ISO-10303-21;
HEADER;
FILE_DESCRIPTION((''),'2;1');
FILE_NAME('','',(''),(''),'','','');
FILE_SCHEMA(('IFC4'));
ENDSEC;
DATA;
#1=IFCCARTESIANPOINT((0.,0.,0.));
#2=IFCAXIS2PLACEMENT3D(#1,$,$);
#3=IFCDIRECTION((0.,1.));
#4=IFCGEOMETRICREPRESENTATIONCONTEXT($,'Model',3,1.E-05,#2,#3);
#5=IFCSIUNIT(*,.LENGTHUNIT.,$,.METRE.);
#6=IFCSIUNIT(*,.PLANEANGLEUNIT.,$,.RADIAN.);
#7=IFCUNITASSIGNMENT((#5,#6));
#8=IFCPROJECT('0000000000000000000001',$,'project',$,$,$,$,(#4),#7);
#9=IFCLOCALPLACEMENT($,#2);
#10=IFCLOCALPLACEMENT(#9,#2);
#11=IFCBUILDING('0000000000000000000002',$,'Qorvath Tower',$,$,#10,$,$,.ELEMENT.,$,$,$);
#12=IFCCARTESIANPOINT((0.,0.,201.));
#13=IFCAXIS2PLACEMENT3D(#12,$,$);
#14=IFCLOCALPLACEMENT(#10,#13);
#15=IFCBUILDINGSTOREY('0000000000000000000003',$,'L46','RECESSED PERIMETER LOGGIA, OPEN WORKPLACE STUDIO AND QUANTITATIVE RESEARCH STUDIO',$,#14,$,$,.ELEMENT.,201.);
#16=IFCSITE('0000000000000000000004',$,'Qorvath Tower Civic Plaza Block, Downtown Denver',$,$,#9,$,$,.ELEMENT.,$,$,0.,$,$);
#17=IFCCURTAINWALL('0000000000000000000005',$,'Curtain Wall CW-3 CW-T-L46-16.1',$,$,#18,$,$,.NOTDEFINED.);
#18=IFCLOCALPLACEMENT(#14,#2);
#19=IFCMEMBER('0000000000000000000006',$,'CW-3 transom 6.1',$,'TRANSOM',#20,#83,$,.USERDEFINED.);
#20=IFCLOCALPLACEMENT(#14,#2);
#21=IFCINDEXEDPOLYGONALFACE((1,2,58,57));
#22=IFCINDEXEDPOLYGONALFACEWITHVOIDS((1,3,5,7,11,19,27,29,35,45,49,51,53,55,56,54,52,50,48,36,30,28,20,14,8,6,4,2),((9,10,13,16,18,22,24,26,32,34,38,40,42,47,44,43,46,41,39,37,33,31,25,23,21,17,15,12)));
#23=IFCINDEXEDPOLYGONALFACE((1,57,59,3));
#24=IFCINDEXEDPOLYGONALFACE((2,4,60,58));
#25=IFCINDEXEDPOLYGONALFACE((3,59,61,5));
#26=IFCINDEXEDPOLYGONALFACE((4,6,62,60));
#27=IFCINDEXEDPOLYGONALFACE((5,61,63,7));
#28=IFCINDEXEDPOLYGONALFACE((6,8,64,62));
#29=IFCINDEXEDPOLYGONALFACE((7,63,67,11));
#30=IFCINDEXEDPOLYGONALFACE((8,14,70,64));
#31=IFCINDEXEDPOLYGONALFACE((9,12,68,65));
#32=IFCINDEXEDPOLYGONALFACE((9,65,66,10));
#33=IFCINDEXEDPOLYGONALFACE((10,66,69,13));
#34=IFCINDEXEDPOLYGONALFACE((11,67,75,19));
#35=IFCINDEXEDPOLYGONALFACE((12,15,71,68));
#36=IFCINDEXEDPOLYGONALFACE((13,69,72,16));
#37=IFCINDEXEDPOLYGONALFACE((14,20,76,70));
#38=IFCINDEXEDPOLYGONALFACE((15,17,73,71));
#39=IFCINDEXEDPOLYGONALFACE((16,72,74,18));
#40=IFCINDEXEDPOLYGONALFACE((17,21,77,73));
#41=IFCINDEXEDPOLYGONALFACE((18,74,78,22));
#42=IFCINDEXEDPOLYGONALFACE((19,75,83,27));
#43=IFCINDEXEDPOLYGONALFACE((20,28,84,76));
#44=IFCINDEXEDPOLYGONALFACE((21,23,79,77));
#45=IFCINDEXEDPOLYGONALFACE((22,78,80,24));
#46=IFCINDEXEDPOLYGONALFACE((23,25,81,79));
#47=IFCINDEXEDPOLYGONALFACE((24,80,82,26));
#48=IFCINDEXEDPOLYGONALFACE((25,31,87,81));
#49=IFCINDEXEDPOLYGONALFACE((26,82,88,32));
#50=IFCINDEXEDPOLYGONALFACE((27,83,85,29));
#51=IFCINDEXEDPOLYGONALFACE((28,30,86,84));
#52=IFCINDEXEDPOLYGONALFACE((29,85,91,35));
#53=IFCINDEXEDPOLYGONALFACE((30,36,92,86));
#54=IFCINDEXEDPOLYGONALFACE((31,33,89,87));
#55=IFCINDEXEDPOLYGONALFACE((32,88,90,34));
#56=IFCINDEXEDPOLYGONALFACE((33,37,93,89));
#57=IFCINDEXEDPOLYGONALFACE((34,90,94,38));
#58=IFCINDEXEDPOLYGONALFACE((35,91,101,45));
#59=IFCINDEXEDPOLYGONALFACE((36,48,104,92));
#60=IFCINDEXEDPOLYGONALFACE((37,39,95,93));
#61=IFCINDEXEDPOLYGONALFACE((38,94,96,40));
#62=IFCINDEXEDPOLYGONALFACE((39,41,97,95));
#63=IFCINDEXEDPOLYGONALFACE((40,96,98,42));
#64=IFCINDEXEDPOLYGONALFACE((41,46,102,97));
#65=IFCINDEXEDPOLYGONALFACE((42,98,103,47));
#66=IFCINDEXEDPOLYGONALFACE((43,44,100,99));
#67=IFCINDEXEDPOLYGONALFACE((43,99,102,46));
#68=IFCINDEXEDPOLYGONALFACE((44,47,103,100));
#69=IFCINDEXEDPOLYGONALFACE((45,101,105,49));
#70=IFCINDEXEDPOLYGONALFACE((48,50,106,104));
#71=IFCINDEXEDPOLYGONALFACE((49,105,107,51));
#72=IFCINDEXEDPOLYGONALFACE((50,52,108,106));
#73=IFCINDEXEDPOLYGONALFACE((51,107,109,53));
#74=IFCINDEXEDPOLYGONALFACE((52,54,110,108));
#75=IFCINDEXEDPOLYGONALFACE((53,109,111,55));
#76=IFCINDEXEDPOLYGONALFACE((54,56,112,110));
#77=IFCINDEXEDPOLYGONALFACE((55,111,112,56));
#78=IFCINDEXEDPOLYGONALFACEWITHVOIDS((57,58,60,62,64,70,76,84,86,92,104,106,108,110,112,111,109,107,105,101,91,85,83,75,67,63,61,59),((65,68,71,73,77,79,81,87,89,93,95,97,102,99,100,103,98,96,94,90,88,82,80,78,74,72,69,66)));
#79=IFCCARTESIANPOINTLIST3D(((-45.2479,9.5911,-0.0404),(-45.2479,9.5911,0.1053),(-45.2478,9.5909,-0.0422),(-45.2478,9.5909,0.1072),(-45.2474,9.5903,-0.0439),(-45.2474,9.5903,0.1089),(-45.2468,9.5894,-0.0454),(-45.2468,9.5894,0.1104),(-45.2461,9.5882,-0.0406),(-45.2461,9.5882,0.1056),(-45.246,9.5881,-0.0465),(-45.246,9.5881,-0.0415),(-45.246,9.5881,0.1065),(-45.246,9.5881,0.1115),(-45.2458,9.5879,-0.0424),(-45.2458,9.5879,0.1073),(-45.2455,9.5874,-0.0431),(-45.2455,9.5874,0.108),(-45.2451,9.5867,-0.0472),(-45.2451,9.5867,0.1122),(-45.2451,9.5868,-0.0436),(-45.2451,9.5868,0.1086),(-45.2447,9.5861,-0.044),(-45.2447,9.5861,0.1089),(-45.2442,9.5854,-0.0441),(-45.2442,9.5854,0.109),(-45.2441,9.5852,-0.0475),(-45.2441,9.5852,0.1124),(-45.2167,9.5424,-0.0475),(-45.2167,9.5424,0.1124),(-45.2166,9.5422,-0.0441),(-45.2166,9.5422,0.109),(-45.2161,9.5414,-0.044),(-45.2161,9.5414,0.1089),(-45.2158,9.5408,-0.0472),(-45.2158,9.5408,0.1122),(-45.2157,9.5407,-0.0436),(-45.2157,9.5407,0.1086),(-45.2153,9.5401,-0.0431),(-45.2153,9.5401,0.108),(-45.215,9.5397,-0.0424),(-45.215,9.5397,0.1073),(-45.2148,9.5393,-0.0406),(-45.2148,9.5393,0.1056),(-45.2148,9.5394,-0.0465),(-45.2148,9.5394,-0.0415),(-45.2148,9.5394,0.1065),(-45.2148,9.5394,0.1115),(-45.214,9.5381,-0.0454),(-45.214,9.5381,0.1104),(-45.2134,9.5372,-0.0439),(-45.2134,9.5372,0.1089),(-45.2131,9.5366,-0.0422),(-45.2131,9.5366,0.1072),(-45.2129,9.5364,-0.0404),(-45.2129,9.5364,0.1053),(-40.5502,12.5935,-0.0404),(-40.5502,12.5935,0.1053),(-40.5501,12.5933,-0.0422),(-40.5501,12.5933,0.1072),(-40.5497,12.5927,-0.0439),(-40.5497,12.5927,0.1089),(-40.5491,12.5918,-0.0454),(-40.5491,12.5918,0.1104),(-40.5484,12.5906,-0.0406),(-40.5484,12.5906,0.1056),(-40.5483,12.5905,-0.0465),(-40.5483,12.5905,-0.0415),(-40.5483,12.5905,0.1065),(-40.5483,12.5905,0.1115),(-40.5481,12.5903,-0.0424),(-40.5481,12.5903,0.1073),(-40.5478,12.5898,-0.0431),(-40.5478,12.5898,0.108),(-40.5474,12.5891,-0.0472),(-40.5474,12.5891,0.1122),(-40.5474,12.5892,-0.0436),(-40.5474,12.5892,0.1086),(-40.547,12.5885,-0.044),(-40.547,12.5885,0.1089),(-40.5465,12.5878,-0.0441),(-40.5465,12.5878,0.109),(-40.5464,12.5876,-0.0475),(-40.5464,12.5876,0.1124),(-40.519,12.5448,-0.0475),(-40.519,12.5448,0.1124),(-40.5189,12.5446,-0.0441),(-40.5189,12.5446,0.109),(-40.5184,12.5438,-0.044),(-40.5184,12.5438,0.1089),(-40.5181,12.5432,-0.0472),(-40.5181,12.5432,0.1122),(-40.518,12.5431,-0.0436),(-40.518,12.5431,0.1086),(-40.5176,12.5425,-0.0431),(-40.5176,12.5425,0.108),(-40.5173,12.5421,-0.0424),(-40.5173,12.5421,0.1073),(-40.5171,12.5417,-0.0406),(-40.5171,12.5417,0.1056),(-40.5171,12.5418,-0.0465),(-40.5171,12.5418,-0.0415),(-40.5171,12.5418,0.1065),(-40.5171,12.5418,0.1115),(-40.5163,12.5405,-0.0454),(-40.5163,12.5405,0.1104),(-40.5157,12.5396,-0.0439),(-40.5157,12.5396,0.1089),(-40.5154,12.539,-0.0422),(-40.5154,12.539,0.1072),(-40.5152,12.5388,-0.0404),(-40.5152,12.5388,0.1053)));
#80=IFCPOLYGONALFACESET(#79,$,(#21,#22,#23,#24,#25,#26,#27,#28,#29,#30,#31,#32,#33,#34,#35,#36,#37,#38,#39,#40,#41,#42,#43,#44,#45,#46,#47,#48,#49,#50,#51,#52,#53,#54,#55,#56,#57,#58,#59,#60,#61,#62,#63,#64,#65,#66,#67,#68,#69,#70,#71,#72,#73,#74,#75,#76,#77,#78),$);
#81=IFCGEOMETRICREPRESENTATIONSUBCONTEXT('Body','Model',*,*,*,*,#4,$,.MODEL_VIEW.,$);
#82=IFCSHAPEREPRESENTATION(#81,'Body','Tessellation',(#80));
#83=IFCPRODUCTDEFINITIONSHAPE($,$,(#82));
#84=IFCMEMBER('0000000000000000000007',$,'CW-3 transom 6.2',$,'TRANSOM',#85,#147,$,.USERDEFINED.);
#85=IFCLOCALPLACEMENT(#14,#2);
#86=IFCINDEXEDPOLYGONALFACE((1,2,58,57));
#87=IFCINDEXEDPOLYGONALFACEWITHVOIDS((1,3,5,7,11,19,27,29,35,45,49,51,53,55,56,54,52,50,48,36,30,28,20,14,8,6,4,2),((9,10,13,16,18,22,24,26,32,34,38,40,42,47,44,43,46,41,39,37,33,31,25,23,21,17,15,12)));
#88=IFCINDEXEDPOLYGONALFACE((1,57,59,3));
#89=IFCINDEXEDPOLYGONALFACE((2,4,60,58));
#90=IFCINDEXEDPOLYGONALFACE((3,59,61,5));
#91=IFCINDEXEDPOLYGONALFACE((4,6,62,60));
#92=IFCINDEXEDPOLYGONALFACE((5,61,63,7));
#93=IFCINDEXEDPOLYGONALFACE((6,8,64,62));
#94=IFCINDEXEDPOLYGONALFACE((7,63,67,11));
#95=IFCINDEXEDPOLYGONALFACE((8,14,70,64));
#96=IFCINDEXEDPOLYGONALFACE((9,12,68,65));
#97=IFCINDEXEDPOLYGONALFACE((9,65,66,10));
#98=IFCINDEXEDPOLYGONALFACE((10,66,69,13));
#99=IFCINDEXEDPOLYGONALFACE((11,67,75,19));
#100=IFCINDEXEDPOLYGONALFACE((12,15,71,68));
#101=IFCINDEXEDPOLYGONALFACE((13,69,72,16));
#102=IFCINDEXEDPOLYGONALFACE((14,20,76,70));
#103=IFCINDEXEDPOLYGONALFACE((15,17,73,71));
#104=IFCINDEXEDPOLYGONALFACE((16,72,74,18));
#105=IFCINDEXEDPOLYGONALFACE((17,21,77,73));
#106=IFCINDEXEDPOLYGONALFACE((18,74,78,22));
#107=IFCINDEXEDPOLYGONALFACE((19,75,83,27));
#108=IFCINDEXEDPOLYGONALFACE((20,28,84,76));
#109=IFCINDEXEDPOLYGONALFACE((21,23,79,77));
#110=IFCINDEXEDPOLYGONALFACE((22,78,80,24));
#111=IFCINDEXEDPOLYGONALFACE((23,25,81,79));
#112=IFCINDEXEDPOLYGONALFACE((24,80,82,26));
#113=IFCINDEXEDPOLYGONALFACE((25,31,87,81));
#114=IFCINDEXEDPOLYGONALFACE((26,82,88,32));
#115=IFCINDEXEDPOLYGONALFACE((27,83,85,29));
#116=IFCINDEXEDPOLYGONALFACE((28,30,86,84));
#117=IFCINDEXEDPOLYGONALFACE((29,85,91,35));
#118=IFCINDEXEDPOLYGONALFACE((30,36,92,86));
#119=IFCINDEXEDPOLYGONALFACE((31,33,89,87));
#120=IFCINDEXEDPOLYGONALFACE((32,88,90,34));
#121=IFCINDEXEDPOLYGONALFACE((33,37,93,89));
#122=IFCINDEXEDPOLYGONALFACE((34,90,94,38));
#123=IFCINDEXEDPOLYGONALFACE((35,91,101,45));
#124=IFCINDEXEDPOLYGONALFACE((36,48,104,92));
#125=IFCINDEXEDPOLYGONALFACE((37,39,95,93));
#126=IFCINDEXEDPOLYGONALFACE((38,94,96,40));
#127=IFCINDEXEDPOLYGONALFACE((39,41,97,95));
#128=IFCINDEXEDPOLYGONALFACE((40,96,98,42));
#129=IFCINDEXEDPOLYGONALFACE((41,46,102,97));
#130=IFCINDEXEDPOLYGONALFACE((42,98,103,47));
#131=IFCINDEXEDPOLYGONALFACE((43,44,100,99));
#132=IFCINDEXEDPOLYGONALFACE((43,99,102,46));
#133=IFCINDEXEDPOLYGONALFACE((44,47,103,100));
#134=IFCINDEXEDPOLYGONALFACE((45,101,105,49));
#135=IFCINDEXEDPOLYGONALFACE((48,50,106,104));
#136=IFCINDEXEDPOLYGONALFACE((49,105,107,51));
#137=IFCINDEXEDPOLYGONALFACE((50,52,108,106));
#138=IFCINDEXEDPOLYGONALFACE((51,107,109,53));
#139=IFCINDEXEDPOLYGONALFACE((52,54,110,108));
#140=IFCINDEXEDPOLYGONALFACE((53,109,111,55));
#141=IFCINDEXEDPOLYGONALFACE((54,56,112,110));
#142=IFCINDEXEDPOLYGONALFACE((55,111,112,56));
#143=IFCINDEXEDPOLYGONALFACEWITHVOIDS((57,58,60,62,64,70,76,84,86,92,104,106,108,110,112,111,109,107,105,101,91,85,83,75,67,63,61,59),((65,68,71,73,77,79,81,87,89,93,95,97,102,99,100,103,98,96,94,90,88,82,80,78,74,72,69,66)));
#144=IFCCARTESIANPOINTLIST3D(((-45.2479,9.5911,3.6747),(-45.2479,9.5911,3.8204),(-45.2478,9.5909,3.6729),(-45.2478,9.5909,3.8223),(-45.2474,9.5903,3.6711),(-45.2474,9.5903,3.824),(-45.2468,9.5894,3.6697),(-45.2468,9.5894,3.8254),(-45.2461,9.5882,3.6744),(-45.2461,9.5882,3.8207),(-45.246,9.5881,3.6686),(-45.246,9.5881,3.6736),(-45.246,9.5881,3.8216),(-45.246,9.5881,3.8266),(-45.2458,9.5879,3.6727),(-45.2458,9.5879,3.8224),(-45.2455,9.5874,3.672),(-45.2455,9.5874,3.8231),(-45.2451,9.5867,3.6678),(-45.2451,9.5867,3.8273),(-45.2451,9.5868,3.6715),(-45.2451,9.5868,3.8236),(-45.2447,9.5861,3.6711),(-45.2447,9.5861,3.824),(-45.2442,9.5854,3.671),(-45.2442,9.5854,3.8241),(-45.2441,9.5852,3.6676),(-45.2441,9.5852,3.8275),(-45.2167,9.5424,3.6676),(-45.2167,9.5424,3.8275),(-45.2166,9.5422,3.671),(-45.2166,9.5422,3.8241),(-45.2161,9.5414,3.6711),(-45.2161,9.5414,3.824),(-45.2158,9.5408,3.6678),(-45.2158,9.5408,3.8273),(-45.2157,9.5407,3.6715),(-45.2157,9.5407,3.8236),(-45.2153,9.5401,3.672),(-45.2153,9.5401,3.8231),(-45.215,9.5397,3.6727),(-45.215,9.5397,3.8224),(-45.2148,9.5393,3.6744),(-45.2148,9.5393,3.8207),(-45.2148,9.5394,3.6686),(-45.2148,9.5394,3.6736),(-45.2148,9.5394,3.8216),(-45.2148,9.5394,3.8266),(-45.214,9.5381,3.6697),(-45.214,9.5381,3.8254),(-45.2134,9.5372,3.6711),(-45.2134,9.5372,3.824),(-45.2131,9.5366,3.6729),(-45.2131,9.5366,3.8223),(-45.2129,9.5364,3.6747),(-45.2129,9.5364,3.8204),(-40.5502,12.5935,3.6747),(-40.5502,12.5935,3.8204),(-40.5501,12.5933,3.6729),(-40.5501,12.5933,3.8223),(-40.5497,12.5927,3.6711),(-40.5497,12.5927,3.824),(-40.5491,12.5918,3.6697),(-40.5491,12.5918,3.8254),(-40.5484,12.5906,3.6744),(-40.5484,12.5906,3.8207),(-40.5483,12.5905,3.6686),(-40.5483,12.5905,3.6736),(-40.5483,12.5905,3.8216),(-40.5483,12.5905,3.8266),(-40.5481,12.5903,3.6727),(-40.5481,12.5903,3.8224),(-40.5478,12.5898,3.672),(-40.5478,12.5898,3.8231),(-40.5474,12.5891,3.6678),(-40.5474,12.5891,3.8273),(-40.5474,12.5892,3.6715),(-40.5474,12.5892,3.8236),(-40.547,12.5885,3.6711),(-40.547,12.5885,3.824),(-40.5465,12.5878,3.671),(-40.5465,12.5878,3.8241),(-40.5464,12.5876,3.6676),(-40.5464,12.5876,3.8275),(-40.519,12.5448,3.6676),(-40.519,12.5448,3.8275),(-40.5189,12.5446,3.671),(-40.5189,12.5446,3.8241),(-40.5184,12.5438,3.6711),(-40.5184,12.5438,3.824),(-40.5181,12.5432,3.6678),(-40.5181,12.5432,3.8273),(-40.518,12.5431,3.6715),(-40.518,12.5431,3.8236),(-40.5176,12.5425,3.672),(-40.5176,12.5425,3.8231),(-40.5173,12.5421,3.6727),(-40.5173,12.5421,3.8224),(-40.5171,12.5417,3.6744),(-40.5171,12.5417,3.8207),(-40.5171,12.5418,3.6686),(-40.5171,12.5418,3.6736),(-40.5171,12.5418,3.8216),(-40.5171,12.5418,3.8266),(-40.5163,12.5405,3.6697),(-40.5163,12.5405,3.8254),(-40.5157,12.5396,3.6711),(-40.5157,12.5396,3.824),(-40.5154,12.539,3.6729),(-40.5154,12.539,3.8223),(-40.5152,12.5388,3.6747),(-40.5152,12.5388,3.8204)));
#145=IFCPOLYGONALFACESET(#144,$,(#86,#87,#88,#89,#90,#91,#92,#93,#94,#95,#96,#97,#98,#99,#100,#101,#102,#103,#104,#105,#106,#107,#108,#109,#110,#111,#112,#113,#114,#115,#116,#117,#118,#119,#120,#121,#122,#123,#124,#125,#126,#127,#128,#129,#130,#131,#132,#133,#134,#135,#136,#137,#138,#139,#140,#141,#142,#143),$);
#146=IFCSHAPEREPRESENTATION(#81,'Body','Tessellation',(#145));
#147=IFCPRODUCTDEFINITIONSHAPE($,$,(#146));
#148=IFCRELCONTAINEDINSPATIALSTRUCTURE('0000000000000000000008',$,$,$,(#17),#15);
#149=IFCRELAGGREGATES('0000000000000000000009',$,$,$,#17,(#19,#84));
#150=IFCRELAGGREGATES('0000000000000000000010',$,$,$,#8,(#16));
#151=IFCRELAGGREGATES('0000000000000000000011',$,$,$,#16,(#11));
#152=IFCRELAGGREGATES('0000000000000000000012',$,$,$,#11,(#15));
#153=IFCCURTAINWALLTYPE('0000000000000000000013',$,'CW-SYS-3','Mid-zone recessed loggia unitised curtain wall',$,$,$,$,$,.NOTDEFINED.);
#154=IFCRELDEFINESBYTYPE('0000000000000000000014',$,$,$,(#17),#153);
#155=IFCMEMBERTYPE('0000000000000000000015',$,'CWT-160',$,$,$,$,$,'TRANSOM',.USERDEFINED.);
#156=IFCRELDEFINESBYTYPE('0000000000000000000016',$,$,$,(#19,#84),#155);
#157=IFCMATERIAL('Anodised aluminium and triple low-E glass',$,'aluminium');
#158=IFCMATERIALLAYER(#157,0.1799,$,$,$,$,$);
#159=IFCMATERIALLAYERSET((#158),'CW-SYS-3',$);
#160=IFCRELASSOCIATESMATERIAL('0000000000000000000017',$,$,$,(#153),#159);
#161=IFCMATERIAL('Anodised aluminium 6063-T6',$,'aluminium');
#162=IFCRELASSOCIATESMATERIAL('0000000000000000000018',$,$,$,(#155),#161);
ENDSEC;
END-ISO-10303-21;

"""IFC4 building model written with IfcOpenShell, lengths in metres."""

from ifc_helpers import new_model, si_unit, direction, frame, origin, origin_2d, place, context, subcontext, project, spatial, hollow_rectangle, extrude, material, layer, layer_set, material_profile, profile_set, type_object, element, aggregate, save


model = new_model("IFC4")

# Units and contexts
model_context = context("Model", 3, precision=1e-05, world=origin(), true_north=direction((0.0, 1.0)))
body_context = subcontext(model_context, "Body", "Model", "MODEL_VIEW")
ifc_project = project(units=[si_unit("LENGTHUNIT", "METRE"), si_unit("PLANEANGLEUNIT", "RADIAN")], contexts=[model_context])

# Site, building, storey
site_placement = place(None, origin())
site = spatial("IfcSite", under=ifc_project, at=site_placement, Name="Qorvath Tower Civic Plaza Block, Downtown Denver", CompositionType="ELEMENT", RefElevation=0.0)
building_placement = place(site_placement, origin())
building = spatial("IfcBuilding", under=site, at=building_placement, Name="Qorvath Tower", CompositionType="ELEMENT")
storey_placement = place(building_placement, frame((0.0, 0.0, 201.0)))
storey = spatial("IfcBuildingStorey", under=building, at=storey_placement, Name="L46", Description="RECESSED PERIMETER LOGGIA, OPEN WORKPLACE STUDIO AND QUANTITATIVE RESEARCH STUDIO", CompositionType="ELEMENT", Elevation=201.0)

# Curtain wall, members
ifc_material_1 = material(Name="Anodised aluminium and triple low-E glass", Category="aluminium")
ifc_layer_1 = layer(ifc_material_1, 0.1799)
ifc_layer_set_1 = layer_set([ifc_layer_1], Name="CW-SYS-3")
curtain_wall_type = type_object("IfcCurtainWallType", Name="CW-SYS-3", Description="Mid-zone recessed loggia unitised curtain wall", PredefinedType="NOTDEFINED", material=ifc_layer_set_1)
curtain_wall_placement = place(storey_placement, origin())
curtain_wall = element("IfcCurtainWall", 1, at=curtain_wall_placement, inside=storey, type_object=curtain_wall_type, Name="Curtain Wall CW-3 CW-T-L46-16.1", PredefinedType="NOTDEFINED")
ifc_material_2 = material(Name="Anodised aluminium 6063-T6", Category="aluminium")
ifc_material_profile_1 = material_profile(ifc_material_2, hollow_rectangle(XDim=0.0649, YDim=0.1599, WallThickness=0.0034, InnerFilletRadius=0.0034, OuterFilletRadius=0.0071, at=origin_2d()), Name="CWT 160x65")
ifc_profile_set_1 = profile_set([ifc_material_profile_1], Name="Anodised aluminium 6063-T6")
member_type_1 = type_object("IfcMemberType", Name="CWT-160", ElementType="TRANSOM", PredefinedType="USERDEFINED", material=ifc_profile_set_1)
member_1_placement = place(storey_placement, frame((-40.5327, 12.5662, 0.0325), z_axis=(-0.842607, -0.538529, 0.0), x_axis=(0.538529, -0.842607, 0.0)))
member_1 = element("IfcMember", 2, at=member_1_placement, type_object=member_type_1, Name="CW-3 transom 6.1", ObjectType="TRANSOM", PredefinedType="USERDEFINED", context=body_context, shape_type="SweptSolid", body=[
    extrude(hollow_rectangle(XDim=0.0649, YDim=0.1599, WallThickness=0.0034, InnerFilletRadius=0.0034, OuterFilletRadius=0.0071, at=origin_2d()), origin(), (0.0, 0.0, 1.0), 5.5752),
])
member_2_placement = place(storey_placement, frame((-40.5327, 12.5662, 3.7476), z_axis=(-0.842607, -0.538529, 0.0), x_axis=(0.538529, -0.842607, 0.0)))
member_2 = element("IfcMember", 3, at=member_2_placement, type_object=member_type_1, Name="CW-3 transom 6.2", ObjectType="TRANSOM", PredefinedType="USERDEFINED", context=body_context, shape_type="SweptSolid", body=[
    extrude(hollow_rectangle(XDim=0.0649, YDim=0.1599, WallThickness=0.0034, InnerFilletRadius=0.0034, OuterFilletRadius=0.0071, at=origin_2d()), origin(), (0.0, 0.0, 1.0), 5.5752),
])

aggregate(curtain_wall, [member_1, member_2])

save(model, "model.ifc")
